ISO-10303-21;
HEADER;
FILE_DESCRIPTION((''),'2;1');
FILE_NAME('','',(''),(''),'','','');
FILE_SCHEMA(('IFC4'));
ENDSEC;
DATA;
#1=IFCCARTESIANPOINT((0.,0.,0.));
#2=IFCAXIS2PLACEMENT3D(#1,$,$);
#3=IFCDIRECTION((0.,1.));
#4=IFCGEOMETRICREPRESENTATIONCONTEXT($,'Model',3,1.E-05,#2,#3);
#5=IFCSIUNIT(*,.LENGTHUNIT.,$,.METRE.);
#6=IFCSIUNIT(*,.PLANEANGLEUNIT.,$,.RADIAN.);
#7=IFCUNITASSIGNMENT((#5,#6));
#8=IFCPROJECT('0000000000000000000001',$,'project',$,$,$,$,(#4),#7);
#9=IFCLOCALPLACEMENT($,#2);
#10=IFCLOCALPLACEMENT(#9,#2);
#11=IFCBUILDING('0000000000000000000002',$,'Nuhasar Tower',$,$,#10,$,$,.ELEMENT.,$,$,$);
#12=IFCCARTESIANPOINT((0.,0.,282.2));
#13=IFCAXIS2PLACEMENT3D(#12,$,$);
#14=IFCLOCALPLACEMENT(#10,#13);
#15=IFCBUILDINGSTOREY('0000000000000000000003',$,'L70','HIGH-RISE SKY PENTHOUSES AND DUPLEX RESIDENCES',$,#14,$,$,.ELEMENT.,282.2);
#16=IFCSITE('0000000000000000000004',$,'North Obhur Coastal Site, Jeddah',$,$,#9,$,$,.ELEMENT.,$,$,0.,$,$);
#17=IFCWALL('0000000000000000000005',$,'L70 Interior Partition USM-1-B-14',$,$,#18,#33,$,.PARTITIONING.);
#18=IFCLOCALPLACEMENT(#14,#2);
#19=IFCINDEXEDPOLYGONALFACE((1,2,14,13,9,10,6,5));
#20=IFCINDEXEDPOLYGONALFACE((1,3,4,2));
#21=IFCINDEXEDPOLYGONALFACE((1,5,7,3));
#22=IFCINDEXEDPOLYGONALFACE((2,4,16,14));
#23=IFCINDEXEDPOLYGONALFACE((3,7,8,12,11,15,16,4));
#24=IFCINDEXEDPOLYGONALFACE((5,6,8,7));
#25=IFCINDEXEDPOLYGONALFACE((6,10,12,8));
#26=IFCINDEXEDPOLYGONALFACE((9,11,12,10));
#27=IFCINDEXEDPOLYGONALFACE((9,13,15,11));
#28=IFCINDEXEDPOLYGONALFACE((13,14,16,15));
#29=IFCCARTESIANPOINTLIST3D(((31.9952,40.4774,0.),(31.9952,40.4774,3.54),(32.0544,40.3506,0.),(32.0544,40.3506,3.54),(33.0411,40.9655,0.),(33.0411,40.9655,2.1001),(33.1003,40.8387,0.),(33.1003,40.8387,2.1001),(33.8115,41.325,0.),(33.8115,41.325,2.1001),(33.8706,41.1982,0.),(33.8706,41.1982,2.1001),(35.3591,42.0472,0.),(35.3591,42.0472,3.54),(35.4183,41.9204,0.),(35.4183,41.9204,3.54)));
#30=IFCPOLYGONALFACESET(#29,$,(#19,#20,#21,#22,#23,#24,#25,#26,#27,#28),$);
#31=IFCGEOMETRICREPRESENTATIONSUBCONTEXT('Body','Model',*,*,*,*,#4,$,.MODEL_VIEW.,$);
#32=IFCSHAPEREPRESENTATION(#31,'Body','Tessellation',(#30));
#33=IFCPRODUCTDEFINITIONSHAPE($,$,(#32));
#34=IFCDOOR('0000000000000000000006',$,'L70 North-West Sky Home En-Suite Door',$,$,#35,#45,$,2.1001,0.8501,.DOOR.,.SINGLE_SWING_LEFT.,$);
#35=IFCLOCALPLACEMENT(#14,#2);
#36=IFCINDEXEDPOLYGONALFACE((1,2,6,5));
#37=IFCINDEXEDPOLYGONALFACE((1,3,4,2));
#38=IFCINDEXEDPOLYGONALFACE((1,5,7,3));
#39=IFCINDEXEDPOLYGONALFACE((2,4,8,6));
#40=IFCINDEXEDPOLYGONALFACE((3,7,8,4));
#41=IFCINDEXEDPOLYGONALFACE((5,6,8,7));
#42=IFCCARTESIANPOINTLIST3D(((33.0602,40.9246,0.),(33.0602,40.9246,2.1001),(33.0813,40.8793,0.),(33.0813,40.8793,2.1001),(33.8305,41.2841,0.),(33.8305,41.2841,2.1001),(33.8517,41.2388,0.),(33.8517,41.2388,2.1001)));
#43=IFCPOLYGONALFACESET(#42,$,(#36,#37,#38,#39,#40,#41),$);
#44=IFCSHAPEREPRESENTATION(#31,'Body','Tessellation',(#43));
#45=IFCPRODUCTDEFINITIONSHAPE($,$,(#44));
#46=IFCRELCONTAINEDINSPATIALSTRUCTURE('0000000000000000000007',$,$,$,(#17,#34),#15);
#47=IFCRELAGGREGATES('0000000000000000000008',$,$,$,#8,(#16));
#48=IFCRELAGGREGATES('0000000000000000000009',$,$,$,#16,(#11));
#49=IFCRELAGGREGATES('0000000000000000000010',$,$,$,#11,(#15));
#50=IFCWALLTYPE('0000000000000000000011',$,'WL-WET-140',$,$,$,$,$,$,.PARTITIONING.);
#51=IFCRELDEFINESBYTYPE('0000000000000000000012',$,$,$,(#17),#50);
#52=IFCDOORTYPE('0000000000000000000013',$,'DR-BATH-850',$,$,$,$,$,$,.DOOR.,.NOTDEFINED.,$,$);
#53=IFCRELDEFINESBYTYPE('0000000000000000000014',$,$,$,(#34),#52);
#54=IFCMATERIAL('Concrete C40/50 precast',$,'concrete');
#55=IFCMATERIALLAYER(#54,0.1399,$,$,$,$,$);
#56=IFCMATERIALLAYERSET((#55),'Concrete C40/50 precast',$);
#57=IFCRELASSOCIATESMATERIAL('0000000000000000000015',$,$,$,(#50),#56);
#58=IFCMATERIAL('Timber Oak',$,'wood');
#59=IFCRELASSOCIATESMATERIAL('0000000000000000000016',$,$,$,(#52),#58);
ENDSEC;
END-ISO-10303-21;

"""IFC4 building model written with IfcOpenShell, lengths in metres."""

from ifc_helpers import new_model, si_unit, direction, frame, frame_2d, origin, place, context, subcontext, project, spatial, rectangle, extrude, material, layer, layer_set, type_object, element, fill, save


model = new_model("IFC4")

# Units and contexts
model_context = context("Model", 3, precision=1e-05, world=origin(), true_north=direction((0.0, 1.0)))
body_context = subcontext(model_context, "Body", "Model", "MODEL_VIEW")
ifc_project = project(units=[si_unit("LENGTHUNIT", "METRE"), si_unit("PLANEANGLEUNIT", "RADIAN")], contexts=[model_context])

# Site, building, storey
site_placement = place(None, origin())
site = spatial("IfcSite", under=ifc_project, at=site_placement, Name="North Obhur Coastal Site, Jeddah", CompositionType="ELEMENT", RefElevation=0.0)
building_placement = place(site_placement, origin())
building = spatial("IfcBuilding", under=site, at=building_placement, Name="Nuhasar Tower", CompositionType="ELEMENT")
storey_placement = place(building_placement, frame((0.0, 0.0, 282.2)))
storey = spatial("IfcBuildingStorey", under=building, at=storey_placement, Name="L70", Description="HIGH-RISE SKY PENTHOUSES AND DUPLEX RESIDENCES", CompositionType="ELEMENT", Elevation=282.2)

# Shared definitions
ifc_material_1 = material(Name="Concrete C40/50 precast", Category="concrete")
ifc_layer_1 = layer(ifc_material_1, 0.1399)
ifc_layer_set_1 = layer_set([ifc_layer_1], Name="Concrete C40/50 precast")
wall_type_1 = type_object("IfcWallType", Name="WL-WET-140", PredefinedType="PARTITIONING", material=ifc_layer_set_1)

# Wall, opening, door
wall_1_placement = place(storey_placement, frame((32.0249, 40.4141, 0.0), z_axis=(0.0, 0.0, 1.0), x_axis=(0.906188, 0.422875, 0.0)))
wall_1 = element("IfcWall", 1, at=wall_1_placement, inside=storey, type_object=wall_type_1, Name="L70 Interior Partition USM-1-B-14", PredefinedType="PARTITIONING", context=body_context, shape_type="SweptSolid", body=[
    extrude(rectangle(XDim=3.7122, YDim=0.1399, at=frame_2d((1.856, 0.0))), origin(), (0.0, 0.0, 1.0), 3.54),
])
opening_1_placement = place(wall_1_placement, frame((1.1541, 0.0, 0.0)))
opening_1 = element("IfcOpeningElement", 2, at=opening_1_placement, cuts=wall_1, PredefinedType="OPENING", context=body_context, shape_type="SweptSolid", body=[
    extrude(rectangle(XDim=0.8501, YDim=2.1001, at=frame_2d((0.425, 1.05))), frame((0.0, 0.0801, 0.0), z_axis=(0.0, -1.0, 0.0), x_axis=(1.0, 0.0, 0.0)), (0.0, 0.0, 1.0), 0.1599),
])
ifc_material_2 = material(Name="Timber Oak", Category="wood")
door_type_1 = type_object("IfcDoorType", Name="DR-BATH-850", OperationType="NOTDEFINED", PredefinedType="DOOR", material=ifc_material_2)
door_1_placement = place(opening_1_placement, origin())
door_1 = element("IfcDoor", 3, at=door_1_placement, inside=storey, type_object=door_type_1, Name="L70 North-West Sky Home En-Suite Door", OperationType="SINGLE_SWING_LEFT", OverallHeight=2.1001, OverallWidth=0.8501, PredefinedType="DOOR", context=body_context, shape_type="SweptSolid", body=[
    extrude(rectangle(XDim=0.8501, YDim=2.1001, at=frame_2d((0.425, 1.05))), frame((0.0, 0.0249, 0.0), z_axis=(0.0, -1.0, 0.0), x_axis=(1.0, 0.0, 0.0)), (0.0, 0.0, 1.0), 0.05),
])
fill(opening_1, door_1)

save(model, "model.ifc")
